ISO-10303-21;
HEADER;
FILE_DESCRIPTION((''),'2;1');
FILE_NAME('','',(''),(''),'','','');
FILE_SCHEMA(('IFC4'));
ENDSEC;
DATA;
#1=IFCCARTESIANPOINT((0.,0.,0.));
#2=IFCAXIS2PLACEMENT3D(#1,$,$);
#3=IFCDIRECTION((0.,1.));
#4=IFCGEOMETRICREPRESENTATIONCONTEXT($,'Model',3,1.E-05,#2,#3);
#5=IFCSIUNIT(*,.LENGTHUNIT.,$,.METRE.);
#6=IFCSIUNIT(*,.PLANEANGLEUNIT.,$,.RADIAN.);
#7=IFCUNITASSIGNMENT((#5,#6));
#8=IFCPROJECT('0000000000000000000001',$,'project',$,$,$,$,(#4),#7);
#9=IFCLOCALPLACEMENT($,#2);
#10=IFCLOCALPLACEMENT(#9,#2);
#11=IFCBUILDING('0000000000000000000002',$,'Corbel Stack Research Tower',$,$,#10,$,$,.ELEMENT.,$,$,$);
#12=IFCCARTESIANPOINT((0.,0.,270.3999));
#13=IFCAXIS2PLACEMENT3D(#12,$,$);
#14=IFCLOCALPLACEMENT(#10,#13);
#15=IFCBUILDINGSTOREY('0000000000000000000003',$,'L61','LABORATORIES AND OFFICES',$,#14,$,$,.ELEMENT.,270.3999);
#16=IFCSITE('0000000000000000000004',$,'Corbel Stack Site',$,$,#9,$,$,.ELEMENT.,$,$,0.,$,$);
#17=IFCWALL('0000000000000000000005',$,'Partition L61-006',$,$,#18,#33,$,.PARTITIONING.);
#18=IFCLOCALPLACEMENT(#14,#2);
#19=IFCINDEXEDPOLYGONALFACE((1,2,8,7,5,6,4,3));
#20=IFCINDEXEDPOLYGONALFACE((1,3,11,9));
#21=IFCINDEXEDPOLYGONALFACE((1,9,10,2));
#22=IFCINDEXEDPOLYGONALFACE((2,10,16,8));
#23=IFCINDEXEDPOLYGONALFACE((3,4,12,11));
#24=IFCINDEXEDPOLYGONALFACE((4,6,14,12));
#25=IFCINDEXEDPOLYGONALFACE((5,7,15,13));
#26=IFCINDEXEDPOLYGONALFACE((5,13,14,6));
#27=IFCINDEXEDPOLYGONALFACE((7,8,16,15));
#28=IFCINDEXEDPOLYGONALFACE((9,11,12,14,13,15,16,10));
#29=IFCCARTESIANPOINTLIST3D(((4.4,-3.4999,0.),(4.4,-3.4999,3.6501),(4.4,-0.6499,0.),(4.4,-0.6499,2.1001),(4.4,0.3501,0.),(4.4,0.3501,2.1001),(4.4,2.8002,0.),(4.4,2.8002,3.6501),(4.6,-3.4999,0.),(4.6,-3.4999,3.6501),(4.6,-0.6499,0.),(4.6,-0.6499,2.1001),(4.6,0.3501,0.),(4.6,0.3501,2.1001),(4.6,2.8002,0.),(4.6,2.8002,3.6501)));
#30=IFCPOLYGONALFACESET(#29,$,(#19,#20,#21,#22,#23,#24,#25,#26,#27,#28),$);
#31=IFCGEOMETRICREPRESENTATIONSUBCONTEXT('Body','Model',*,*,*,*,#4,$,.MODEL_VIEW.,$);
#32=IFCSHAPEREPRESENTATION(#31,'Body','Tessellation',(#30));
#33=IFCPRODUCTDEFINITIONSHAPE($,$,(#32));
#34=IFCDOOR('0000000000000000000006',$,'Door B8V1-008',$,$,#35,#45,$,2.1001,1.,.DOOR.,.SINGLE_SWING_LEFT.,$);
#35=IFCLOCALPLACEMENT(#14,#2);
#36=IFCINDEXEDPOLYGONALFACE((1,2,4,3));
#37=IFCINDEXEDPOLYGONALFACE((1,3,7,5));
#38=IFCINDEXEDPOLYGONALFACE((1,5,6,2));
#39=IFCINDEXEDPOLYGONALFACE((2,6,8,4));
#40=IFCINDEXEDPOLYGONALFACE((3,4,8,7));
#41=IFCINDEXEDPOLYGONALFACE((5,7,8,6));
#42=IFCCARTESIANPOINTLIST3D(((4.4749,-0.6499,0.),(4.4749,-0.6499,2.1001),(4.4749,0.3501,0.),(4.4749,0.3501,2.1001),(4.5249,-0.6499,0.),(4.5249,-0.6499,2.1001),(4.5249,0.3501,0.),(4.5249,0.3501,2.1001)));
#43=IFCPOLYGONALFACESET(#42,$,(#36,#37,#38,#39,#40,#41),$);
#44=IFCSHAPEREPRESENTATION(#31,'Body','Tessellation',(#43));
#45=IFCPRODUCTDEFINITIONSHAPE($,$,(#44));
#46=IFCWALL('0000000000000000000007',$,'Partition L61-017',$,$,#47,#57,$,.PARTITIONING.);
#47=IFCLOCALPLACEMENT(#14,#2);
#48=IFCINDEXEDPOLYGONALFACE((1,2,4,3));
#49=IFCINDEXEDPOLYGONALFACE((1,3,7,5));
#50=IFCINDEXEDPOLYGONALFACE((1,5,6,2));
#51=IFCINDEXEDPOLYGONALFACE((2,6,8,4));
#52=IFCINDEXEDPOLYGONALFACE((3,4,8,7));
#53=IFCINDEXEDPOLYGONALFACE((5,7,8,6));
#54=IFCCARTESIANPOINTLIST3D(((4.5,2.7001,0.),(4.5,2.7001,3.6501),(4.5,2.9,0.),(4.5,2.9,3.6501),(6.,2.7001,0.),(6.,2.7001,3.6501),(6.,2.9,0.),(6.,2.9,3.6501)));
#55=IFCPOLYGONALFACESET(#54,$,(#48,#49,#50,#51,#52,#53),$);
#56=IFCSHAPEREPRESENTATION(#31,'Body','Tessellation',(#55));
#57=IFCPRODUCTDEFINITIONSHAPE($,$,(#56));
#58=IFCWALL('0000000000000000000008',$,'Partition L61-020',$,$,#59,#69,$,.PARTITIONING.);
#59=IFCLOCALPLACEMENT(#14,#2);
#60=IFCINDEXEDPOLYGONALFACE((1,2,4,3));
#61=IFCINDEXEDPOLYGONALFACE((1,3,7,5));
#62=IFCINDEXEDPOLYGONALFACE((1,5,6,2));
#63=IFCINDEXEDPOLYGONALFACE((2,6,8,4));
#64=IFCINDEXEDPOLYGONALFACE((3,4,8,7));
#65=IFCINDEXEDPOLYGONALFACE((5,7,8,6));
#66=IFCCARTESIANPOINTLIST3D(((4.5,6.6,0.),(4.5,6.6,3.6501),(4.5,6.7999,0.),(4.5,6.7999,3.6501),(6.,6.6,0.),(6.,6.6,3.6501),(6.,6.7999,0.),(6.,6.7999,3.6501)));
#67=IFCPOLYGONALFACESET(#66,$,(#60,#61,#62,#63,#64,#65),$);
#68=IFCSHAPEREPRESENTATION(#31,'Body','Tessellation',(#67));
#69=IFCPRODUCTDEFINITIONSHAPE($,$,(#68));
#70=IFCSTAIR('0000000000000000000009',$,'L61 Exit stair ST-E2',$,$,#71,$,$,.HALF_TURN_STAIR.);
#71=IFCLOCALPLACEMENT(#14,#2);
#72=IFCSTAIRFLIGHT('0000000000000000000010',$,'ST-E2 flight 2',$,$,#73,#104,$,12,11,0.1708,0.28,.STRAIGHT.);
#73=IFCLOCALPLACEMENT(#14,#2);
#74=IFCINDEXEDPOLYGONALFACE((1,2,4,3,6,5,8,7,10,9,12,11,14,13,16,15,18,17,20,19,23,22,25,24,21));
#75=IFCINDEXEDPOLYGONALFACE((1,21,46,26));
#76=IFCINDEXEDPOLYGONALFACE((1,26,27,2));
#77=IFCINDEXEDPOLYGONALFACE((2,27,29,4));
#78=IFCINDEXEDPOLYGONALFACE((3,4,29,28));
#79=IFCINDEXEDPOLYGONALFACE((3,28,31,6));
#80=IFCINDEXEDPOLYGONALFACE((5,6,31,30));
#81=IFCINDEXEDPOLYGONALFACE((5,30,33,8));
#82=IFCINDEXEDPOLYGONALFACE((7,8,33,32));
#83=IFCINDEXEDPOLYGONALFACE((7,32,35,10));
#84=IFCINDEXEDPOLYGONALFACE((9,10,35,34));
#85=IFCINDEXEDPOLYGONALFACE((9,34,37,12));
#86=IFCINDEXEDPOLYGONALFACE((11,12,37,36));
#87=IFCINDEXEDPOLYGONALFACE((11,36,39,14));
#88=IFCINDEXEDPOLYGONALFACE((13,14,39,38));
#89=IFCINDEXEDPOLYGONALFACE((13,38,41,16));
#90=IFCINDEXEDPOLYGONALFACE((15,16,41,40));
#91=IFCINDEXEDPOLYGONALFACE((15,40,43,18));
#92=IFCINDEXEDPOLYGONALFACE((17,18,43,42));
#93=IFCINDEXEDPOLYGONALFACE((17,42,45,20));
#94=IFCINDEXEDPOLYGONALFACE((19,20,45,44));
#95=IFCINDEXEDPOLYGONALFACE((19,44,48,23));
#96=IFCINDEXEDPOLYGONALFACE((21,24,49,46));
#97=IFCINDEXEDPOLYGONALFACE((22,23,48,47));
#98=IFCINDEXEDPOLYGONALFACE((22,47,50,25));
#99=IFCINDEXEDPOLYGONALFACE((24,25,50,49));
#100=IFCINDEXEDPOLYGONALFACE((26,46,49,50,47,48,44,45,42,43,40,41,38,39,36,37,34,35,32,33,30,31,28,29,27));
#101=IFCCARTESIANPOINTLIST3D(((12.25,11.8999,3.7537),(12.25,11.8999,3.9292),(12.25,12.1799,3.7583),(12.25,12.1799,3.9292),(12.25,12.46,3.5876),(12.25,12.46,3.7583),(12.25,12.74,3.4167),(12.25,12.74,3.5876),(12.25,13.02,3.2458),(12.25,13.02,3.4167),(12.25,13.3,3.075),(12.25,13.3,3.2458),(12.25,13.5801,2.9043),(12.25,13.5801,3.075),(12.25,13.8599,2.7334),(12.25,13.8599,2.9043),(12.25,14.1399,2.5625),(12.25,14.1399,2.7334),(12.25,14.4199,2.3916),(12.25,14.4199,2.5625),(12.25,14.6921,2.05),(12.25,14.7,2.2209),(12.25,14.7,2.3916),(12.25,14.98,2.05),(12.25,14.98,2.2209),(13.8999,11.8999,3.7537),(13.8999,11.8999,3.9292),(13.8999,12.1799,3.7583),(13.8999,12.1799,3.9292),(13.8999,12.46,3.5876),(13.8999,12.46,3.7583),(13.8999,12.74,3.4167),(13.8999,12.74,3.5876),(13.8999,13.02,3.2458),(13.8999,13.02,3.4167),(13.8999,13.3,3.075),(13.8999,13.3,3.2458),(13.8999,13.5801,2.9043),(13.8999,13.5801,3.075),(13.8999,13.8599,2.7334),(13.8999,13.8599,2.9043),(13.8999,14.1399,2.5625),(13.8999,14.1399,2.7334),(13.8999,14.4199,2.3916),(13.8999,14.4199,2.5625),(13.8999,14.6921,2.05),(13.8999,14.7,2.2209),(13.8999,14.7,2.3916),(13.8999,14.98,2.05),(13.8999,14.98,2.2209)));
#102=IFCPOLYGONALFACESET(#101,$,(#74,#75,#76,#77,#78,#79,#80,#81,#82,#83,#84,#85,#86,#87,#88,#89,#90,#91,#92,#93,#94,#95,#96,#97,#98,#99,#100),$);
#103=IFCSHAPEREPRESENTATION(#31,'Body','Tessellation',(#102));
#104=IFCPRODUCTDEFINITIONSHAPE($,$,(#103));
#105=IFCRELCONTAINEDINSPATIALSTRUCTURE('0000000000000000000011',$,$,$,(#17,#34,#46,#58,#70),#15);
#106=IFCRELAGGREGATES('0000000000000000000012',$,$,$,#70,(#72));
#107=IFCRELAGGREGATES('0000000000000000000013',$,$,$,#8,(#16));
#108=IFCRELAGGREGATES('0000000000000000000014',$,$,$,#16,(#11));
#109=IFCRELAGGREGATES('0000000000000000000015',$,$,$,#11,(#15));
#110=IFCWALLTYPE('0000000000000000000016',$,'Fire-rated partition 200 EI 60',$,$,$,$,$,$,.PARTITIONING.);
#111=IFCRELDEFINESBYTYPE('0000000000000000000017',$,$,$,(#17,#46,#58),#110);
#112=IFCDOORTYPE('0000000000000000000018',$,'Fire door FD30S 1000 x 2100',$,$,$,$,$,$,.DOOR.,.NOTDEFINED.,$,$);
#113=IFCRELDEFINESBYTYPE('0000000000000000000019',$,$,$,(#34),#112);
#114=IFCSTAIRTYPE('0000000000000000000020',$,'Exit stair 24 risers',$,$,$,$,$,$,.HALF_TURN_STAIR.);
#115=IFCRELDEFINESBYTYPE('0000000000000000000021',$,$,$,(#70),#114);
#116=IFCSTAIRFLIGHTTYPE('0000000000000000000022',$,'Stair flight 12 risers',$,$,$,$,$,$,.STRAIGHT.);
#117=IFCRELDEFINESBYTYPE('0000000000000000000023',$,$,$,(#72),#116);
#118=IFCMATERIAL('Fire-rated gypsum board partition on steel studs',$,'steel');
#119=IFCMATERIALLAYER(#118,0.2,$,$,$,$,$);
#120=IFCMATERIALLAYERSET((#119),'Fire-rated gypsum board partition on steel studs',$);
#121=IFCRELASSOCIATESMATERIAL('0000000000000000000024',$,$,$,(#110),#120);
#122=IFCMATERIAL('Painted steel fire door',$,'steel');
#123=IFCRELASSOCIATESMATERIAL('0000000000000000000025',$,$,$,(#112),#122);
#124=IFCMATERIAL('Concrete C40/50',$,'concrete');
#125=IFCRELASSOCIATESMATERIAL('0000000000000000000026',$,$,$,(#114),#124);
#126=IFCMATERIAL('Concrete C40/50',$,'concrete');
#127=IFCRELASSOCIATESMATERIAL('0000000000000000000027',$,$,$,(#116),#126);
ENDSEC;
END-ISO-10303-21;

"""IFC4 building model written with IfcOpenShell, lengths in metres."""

from ifc_helpers import new_model, si_unit, direction, frame, frame_2d, origin, place, context, subcontext, project, spatial, polyline, rectangle, outline, extrude, material, layer, layer_set, type_object, element, fill, aggregate, save


model = new_model("IFC4")

# Units and contexts
model_context = context("Model", 3, precision=1e-05, world=origin(), true_north=direction((0.0, 1.0)))
body_context = subcontext(model_context, "Body", "Model", "MODEL_VIEW")
ifc_project = project(units=[si_unit("LENGTHUNIT", "METRE"), si_unit("PLANEANGLEUNIT", "RADIAN")], contexts=[model_context])

# Site, building, storey
site_placement = place(None, origin())
site = spatial("IfcSite", under=ifc_project, at=site_placement, Name="Corbel Stack Site", CompositionType="ELEMENT", RefElevation=0.0)
building_placement = place(site_placement, origin())
building = spatial("IfcBuilding", under=site, at=building_placement, Name="Corbel Stack Research Tower", CompositionType="ELEMENT")
storey_placement = place(building_placement, frame((0.0, 0.0, 270.3999)))
storey = spatial("IfcBuildingStorey", under=building, at=storey_placement, Name="L61", Description="LABORATORIES AND OFFICES", CompositionType="ELEMENT", Elevation=270.3999)

# Wall, opening, door
ifc_material_1 = material(Name="Fire-rated gypsum board partition on steel studs", Category="steel")
ifc_layer_1 = layer(ifc_material_1, 0.2)
ifc_layer_set_1 = layer_set([ifc_layer_1], Name="Fire-rated gypsum board partition on steel studs")
wall_type_1 = type_object("IfcWallType", Name="Fire-rated partition 200 EI 60", PredefinedType="PARTITIONING", material=ifc_layer_set_1)
wall_1_placement = place(storey_placement, frame((4.5, 2.8, 0.0), z_axis=(0.0, 0.0, 1.0), x_axis=(0.0, -1.0, 0.0)))
wall_1 = element("IfcWall", 1, at=wall_1_placement, inside=storey, type_object=wall_type_1, Name="Partition L61-006", PredefinedType="PARTITIONING", context=body_context, shape_type="SweptSolid", body=[
    extrude(rectangle(XDim=6.3, YDim=0.2, at=frame_2d((3.1499, 0.0))), origin(), (0.0, 0.0, 1.0), 3.6501),
])
opening_1_placement = place(wall_1_placement, frame((2.45, 0.0, 0.0)))
opening_1 = element("IfcOpeningElement", 2, at=opening_1_placement, cuts=wall_1, PredefinedType="OPENING", context=body_context, shape_type="SweptSolid", body=[
    extrude(rectangle(XDim=1.0, YDim=2.1001, at=frame_2d((0.5, 1.05))), frame((0.0, 0.1099, 0.0), z_axis=(0.0, -1.0, 0.0), x_axis=(1.0, 0.0, 0.0)), (0.0, 0.0, 1.0), 0.22),
])
ifc_material_2 = material(Name="Painted steel fire door", Category="steel")
door_type_1 = type_object("IfcDoorType", Name="Fire door FD30S 1000 x 2100", OperationType="NOTDEFINED", PredefinedType="DOOR", material=ifc_material_2)
door_1_placement = place(opening_1_placement, origin())
door_1 = element("IfcDoor", 3, at=door_1_placement, inside=storey, type_object=door_type_1, Name="Door B8V1-008", OperationType="SINGLE_SWING_LEFT", OverallHeight=2.1001, OverallWidth=1.0, PredefinedType="DOOR", context=body_context, shape_type="SweptSolid", body=[
    extrude(rectangle(XDim=1.0, YDim=2.1001, at=frame_2d((0.5, 1.05))), frame((0.0, 0.0249, 0.0), z_axis=(0.0, -1.0, 0.0), x_axis=(1.0, 0.0, 0.0)), (0.0, 0.0, 1.0), 0.05),
])
fill(opening_1, door_1)

# Walls
for number, where, z_axis, x_axis, name in (
    (4, (4.5, 2.8, 0.0), (0.0, 0.0, 1.0), (1.0, 0.0, 0.0), "Partition L61-017"),
    (5, (4.5, 6.7, 0.0), (0.0, 0.0, 1.0), (1.0, 0.0, 0.0), "Partition L61-020"),
):
    element("IfcWall", number, at=place(storey_placement, frame(where, z_axis=z_axis, x_axis=x_axis)), inside=storey, type_object=wall_type_1, Name=name, PredefinedType="PARTITIONING", context=body_context, shape_type="SweptSolid", body=[
        extrude(rectangle(XDim=1.5, YDim=0.2, at=frame_2d((0.75, 0.0))), origin(), (0.0, 0.0, 1.0), 3.6501),
    ])

# Stair, stair flight
ifc_material_3 = material(Name="Concrete C40/50", Category="concrete")
stair_type = type_object("IfcStairType", Name="Exit stair 24 risers", PredefinedType="HALF_TURN_STAIR", material=ifc_material_3)
stair_placement = place(storey_placement, origin())
stair = element("IfcStair", 6, at=stair_placement, inside=storey, type_object=stair_type, Name="L61 Exit stair ST-E2", PredefinedType="HALF_TURN_STAIR")
ifc_material_4 = material(Name="Concrete C40/50", Category="concrete")
stair_flight_type = type_object("IfcStairFlightType", Name="Stair flight 12 risers", PredefinedType="STRAIGHT", material=ifc_material_4)
stair_flight_placement = place(storey_placement, frame((13.075, 14.98, 2.05), z_axis=(0.0, 0.0, 1.0), x_axis=(0.0, -1.0, 0.0)))
stair_flight = element("IfcStairFlight", 7, at=stair_flight_placement, type_object=stair_flight_type, Name="ST-E2 flight 2", NumberOfRisers=12, NumberOfTreads=11, PredefinedType="STRAIGHT", RiserHeight=0.1708, TreadLength=0.28, context=body_context, shape_type="SweptSolid", body=[
    extrude(outline(polyline([(0.0, 0.0), (0.0, 0.1709), (0.28, 0.1709), (0.28, 0.3416), (0.5601, 0.3416), (0.5601, 0.5125), (0.8401, 0.5125), (0.8401, 0.6833), (1.1201, 0.6833), (1.1201, 0.8542), (1.3999, 0.8542), (1.3999, 1.0249), (1.6799, 1.0249), (1.6799, 1.1958), (1.96, 1.1958), (1.96, 1.3667), (2.24, 1.3667), (2.24, 1.5376), (2.52, 1.5376), (2.52, 1.7083), (2.8, 1.7083), (2.8, 1.8792), (3.0801, 1.8792), (3.0801, 2.05), (3.0801, 1.7036), (0.2878, 0.0), (0.0, 0.0)])), frame((0.0, 0.825, 0.0), z_axis=(0.0, -1.0, 0.0), x_axis=(1.0, 0.0, 0.0)), (0.0, 0.0, 1.0), 1.6499),
])
aggregate(stair, [stair_flight])

save(model, "model.ifc")
